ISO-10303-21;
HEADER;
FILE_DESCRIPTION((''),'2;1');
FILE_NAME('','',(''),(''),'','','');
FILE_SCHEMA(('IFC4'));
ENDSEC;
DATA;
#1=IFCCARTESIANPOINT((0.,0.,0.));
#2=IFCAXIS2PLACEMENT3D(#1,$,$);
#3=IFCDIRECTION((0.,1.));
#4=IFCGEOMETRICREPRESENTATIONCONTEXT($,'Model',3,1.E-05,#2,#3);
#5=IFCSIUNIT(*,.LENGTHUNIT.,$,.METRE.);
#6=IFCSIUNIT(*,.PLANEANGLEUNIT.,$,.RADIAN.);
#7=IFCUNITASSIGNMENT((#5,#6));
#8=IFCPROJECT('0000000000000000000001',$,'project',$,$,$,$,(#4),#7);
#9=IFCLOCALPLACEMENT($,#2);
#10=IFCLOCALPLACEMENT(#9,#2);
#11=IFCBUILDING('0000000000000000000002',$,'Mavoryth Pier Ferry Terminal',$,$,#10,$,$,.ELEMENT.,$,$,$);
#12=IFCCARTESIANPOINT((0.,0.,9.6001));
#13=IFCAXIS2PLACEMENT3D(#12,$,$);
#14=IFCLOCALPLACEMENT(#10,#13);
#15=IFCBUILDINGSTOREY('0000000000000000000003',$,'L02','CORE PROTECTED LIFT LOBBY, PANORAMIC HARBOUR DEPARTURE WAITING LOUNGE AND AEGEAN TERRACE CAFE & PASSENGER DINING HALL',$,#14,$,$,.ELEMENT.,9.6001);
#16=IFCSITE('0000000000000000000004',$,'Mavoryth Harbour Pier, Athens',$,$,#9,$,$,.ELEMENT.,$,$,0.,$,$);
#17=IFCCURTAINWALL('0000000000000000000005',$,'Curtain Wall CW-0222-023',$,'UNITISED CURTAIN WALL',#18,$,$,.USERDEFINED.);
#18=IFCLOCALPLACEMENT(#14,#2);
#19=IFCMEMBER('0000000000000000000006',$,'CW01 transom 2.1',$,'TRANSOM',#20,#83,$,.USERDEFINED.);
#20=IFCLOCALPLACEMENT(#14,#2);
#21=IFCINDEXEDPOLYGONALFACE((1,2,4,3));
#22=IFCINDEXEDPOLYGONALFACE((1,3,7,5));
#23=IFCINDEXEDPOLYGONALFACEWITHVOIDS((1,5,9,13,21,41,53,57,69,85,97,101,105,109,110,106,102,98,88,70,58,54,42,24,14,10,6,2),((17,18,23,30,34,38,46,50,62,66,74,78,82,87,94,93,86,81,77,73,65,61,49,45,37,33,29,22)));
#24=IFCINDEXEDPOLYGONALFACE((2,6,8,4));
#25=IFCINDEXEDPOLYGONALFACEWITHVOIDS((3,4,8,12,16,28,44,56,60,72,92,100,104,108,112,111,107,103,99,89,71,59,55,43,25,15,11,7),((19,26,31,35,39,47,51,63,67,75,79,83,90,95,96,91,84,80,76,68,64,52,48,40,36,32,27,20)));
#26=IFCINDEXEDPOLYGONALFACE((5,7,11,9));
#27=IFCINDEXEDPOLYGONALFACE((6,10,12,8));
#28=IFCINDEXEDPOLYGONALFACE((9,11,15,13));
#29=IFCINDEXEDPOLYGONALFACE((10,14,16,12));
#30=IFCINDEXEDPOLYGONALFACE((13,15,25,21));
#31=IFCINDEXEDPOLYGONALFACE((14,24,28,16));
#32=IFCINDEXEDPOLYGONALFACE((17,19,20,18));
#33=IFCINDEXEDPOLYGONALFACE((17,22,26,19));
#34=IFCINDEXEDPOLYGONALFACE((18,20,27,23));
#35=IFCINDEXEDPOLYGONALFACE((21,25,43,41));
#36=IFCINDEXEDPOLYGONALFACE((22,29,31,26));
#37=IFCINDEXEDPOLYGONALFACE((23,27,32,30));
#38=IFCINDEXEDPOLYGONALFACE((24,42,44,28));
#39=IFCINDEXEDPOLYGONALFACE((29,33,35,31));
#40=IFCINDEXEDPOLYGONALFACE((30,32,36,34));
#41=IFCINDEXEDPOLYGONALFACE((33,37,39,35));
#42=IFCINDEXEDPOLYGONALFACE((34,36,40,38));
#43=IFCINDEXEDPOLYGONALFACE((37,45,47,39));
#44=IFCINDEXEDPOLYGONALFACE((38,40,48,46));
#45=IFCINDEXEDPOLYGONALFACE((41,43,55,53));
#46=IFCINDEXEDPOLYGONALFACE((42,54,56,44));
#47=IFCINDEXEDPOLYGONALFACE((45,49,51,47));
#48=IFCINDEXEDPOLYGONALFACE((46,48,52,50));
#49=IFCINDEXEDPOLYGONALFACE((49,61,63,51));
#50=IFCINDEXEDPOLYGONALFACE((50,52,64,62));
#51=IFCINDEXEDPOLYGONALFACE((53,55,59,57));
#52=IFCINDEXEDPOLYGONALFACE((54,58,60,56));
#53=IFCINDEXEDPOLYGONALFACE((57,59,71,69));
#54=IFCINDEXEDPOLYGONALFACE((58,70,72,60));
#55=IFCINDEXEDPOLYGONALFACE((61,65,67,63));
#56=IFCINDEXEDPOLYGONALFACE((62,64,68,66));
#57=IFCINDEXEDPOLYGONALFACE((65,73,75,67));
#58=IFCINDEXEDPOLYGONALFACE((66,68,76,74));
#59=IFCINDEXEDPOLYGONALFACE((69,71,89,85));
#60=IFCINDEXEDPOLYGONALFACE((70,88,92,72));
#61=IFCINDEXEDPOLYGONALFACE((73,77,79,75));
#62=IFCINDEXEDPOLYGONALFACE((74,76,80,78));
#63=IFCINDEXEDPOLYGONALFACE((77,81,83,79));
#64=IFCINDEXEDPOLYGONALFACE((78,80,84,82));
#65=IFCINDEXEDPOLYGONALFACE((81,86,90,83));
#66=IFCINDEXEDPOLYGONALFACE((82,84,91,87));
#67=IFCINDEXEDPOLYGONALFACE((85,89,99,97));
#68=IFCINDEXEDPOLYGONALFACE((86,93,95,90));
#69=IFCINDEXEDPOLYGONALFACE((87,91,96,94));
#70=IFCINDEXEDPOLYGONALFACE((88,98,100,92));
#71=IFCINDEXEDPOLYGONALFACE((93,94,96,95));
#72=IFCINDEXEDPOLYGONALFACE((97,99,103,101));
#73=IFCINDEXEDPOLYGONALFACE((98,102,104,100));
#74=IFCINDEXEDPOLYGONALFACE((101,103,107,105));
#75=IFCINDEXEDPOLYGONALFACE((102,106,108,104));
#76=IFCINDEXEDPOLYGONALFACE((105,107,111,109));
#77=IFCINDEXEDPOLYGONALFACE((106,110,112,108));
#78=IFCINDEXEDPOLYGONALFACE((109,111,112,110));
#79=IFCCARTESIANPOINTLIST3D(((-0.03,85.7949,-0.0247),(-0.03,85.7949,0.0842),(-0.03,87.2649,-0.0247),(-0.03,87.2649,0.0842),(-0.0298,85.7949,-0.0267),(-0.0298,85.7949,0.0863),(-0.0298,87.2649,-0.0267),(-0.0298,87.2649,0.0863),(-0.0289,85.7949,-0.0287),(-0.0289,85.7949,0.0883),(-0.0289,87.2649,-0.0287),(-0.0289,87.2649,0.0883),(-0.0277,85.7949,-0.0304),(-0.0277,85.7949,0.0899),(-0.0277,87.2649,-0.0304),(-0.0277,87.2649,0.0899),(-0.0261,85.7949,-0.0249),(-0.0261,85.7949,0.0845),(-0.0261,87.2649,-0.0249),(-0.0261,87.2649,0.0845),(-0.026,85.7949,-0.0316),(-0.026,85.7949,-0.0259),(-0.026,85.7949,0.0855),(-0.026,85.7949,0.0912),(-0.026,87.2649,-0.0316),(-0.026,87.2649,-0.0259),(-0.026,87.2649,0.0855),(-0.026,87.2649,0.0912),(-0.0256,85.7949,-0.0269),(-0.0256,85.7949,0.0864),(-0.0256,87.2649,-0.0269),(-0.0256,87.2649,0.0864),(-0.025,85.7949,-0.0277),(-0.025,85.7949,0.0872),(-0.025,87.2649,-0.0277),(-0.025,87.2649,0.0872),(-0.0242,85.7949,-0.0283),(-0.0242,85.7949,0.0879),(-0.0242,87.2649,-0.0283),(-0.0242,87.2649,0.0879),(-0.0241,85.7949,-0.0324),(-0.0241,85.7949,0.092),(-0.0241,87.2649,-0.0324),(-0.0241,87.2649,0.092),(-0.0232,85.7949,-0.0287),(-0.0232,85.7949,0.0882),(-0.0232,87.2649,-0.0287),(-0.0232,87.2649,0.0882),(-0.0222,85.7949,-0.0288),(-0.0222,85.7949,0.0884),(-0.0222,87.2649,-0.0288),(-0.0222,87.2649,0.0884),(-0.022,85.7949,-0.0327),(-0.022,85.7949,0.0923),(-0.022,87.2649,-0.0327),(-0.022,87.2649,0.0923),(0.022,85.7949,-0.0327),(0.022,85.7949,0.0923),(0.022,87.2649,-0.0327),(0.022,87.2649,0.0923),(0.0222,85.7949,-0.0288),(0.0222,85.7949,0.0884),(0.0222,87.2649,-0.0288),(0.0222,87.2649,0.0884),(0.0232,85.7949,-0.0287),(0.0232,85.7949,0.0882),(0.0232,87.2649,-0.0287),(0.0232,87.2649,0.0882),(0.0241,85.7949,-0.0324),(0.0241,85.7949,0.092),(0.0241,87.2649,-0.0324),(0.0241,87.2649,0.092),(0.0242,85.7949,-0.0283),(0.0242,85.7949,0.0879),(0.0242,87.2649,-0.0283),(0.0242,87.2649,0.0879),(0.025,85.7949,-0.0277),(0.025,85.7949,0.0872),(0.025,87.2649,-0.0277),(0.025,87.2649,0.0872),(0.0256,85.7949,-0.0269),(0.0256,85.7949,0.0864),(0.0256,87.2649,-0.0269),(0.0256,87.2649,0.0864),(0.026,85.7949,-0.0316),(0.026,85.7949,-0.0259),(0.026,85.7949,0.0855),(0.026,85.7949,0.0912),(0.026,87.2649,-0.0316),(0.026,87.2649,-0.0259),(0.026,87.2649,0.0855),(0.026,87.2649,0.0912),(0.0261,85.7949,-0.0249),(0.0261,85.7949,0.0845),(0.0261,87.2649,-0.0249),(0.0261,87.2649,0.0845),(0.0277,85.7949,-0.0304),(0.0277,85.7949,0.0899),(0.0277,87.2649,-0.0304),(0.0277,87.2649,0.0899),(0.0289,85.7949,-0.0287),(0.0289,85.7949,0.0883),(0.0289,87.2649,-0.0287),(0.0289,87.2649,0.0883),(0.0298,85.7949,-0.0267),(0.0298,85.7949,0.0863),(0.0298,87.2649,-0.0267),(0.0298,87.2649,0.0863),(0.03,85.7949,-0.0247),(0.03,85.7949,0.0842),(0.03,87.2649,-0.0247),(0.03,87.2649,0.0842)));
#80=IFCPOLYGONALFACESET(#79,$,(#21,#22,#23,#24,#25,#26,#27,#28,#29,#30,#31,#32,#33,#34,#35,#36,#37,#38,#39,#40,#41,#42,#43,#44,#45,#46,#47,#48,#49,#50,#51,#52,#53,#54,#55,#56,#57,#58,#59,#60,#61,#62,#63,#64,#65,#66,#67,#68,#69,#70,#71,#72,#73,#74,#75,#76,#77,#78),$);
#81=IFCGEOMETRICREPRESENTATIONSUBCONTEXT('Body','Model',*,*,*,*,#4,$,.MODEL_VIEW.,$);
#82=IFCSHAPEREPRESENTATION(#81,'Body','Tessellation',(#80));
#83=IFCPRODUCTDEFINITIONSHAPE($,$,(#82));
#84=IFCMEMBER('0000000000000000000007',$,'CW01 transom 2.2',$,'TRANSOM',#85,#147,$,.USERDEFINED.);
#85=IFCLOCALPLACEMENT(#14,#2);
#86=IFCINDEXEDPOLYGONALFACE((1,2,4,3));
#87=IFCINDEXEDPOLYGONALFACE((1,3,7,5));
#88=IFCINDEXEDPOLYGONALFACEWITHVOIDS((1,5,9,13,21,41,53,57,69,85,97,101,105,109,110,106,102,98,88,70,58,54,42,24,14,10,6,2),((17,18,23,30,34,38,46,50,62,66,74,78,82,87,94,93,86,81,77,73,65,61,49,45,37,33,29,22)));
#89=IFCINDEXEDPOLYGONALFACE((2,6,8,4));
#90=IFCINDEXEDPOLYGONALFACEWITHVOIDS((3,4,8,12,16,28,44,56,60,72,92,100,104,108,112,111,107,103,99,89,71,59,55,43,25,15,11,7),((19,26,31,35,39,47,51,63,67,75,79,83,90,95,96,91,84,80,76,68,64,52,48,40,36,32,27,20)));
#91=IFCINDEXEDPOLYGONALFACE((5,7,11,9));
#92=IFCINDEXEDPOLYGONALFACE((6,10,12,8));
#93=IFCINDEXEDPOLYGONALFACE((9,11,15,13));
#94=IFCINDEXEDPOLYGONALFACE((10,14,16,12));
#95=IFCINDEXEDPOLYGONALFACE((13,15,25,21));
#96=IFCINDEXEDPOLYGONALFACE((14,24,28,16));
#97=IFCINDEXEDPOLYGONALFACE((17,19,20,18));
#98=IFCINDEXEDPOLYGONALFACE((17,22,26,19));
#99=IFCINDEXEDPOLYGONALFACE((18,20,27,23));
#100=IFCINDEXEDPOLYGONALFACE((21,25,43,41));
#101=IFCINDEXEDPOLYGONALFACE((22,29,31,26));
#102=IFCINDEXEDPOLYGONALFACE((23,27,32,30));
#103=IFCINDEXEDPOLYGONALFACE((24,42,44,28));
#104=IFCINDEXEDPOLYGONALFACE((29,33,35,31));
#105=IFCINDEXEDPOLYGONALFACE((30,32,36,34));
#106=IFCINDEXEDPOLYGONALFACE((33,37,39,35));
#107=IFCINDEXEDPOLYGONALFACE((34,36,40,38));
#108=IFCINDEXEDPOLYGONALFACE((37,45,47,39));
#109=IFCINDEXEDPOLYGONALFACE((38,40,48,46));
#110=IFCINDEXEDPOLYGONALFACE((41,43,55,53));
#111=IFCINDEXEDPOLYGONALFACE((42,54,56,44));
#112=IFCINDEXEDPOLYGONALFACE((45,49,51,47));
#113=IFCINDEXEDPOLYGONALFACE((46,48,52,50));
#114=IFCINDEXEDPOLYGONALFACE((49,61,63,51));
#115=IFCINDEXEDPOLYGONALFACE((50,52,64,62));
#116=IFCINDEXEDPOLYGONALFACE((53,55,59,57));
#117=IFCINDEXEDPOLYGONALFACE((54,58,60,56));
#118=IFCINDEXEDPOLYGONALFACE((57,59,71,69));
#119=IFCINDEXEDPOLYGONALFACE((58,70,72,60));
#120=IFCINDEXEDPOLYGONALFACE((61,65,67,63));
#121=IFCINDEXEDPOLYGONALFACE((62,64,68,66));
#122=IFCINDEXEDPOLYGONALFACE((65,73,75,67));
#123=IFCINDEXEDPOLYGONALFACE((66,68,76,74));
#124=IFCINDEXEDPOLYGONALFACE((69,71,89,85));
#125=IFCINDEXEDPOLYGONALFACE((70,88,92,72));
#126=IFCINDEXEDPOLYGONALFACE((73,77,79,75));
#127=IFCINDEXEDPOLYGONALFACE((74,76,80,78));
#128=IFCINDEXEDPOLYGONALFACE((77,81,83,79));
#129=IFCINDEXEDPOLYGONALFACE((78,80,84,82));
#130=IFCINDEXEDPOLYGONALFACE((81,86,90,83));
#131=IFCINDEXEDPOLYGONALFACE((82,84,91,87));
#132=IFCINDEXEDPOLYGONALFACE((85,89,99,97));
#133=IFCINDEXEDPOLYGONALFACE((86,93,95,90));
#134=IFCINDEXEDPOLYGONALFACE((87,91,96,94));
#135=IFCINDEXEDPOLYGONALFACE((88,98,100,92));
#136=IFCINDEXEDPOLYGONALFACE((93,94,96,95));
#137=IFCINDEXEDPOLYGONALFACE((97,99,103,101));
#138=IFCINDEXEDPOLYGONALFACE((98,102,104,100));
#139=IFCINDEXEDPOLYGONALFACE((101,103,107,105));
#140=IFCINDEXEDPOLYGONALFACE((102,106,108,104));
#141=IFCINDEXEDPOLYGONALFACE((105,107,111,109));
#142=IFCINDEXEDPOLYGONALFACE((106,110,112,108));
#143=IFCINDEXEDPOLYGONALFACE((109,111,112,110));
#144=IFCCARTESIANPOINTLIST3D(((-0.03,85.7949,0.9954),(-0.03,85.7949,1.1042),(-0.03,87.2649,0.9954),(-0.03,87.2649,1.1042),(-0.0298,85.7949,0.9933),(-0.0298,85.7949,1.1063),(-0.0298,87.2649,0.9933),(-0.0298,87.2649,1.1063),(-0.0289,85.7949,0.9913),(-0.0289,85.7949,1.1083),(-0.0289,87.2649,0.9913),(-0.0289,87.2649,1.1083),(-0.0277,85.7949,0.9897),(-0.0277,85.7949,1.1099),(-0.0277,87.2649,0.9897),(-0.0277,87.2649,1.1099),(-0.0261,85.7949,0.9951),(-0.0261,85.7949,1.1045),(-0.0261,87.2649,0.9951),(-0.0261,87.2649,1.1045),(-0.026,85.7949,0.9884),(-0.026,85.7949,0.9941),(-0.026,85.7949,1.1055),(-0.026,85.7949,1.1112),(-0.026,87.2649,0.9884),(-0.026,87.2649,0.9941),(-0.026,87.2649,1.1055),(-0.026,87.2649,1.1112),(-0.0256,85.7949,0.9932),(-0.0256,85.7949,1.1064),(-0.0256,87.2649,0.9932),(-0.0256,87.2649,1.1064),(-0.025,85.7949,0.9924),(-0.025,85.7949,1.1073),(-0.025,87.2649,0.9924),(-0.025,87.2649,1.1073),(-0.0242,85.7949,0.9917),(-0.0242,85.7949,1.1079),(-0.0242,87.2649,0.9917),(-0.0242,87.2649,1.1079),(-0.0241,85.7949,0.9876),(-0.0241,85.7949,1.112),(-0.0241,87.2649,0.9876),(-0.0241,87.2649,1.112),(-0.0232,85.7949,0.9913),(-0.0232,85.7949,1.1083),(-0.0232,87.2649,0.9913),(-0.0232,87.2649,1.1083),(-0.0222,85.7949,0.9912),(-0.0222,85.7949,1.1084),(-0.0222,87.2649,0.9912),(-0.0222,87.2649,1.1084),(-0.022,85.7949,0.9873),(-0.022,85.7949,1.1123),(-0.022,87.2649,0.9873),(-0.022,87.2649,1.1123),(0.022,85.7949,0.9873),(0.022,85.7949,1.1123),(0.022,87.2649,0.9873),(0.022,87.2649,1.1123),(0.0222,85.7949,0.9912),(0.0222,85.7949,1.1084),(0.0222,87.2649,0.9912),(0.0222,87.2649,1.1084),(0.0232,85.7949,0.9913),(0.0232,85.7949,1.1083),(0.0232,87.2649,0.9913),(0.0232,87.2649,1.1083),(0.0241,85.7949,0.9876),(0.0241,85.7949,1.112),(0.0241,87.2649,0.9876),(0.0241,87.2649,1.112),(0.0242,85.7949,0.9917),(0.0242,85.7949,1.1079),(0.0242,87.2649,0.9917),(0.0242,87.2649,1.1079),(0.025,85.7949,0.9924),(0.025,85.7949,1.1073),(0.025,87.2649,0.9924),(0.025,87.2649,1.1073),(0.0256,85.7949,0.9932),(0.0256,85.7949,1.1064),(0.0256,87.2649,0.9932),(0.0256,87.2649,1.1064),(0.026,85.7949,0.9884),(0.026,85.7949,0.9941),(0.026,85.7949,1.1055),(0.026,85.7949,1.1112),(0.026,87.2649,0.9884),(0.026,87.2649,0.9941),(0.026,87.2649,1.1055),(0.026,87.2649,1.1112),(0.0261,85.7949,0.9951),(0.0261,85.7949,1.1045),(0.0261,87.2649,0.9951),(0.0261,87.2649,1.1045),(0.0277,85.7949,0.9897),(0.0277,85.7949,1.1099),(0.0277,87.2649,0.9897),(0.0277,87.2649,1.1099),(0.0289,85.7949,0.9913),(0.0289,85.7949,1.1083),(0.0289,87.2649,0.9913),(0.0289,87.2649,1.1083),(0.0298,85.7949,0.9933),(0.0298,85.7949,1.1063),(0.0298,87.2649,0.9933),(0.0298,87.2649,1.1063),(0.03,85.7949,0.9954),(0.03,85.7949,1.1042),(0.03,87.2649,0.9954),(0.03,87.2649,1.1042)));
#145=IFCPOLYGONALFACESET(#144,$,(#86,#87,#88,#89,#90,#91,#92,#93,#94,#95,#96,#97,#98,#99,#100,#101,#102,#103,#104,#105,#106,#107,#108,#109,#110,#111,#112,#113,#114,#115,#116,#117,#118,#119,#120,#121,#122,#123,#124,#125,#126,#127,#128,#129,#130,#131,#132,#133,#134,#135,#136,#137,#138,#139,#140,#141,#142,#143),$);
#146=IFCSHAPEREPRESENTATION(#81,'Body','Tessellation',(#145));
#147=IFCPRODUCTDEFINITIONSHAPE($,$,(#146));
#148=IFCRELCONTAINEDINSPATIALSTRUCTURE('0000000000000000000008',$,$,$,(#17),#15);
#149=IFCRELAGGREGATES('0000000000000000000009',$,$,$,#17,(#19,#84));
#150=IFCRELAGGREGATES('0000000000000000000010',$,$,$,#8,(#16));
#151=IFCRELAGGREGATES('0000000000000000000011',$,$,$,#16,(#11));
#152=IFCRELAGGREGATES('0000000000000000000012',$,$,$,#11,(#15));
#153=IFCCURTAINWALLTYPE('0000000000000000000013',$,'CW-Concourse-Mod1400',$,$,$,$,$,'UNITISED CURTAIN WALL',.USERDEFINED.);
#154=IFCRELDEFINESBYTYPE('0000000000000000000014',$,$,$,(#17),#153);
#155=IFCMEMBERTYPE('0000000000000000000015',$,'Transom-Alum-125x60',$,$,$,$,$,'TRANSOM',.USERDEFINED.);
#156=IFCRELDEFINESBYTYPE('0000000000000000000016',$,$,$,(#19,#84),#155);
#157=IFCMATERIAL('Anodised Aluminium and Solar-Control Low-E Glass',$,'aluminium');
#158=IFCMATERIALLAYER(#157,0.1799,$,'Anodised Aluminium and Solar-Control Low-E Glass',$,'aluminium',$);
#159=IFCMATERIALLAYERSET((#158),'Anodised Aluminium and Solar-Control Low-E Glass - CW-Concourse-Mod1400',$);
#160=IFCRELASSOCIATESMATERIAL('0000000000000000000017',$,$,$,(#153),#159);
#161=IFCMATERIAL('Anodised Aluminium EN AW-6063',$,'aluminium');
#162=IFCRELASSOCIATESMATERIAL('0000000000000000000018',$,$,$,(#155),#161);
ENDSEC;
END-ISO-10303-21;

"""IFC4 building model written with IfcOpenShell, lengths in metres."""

from ifc_helpers import new_model, si_unit, direction, frame, origin, origin_2d, place, context, subcontext, project, spatial, hollow_rectangle, extrude, material, layer, layer_set, material_profile, profile_set, type_object, element, aggregate, save


model = new_model("IFC4")

# Units and contexts
model_context = context("Model", 3, precision=1e-05, world=origin(), true_north=direction((0.0, 1.0)))
body_context = subcontext(model_context, "Body", "Model", "MODEL_VIEW")
ifc_project = project(units=[si_unit("LENGTHUNIT", "METRE"), si_unit("PLANEANGLEUNIT", "RADIAN")], contexts=[model_context])

# Site, building, storey
site_placement = place(None, origin())
site = spatial("IfcSite", under=ifc_project, at=site_placement, Name="Mavoryth Harbour Pier, Athens", CompositionType="ELEMENT", RefElevation=0.0)
building_placement = place(site_placement, origin())
building = spatial("IfcBuilding", under=site, at=building_placement, Name="Mavoryth Pier Ferry Terminal", CompositionType="ELEMENT")
storey_placement = place(building_placement, frame((0.0, 0.0, 9.6001)))
storey = spatial("IfcBuildingStorey", under=building, at=storey_placement, Name="L02", Description="CORE PROTECTED LIFT LOBBY, PANORAMIC HARBOUR DEPARTURE WAITING LOUNGE AND AEGEAN TERRACE CAFE & PASSENGER DINING HALL", CompositionType="ELEMENT", Elevation=9.6001)

# Curtain wall
ifc_material_1 = material(Name="Anodised Aluminium and Solar-Control Low-E Glass", Category="aluminium")
ifc_layer_1 = layer(ifc_material_1, 0.1799, Name="Anodised Aluminium and Solar-Control Low-E Glass", Category="aluminium")
ifc_layer_set_1 = layer_set([ifc_layer_1], Name="Anodised Aluminium and Solar-Control Low-E Glass - CW-Concourse-Mod1400")
curtain_wall_type = type_object("IfcCurtainWallType", Name="CW-Concourse-Mod1400", ElementType="UNITISED CURTAIN WALL", PredefinedType="USERDEFINED", material=ifc_layer_set_1)
curtain_wall_placement = place(storey_placement, origin())
curtain_wall = element("IfcCurtainWall", 1, at=curtain_wall_placement, inside=storey, type_object=curtain_wall_type, Name="Curtain Wall CW-0222-023", ObjectType="UNITISED CURTAIN WALL", PredefinedType="USERDEFINED")
ifc_material_2 = material(Name="Anodised Aluminium EN AW-6063", Category="aluminium")

# Members
ifc_material_profile_1 = material_profile(ifc_material_2, hollow_rectangle(XDim=0.0601, YDim=0.125, WallThickness=0.0039, InnerFilletRadius=0.0039, OuterFilletRadius=0.0081, at=origin_2d()), Name="AL-TRAN 125x60x4", Category="aluminium")
ifc_profile_set_1 = profile_set([ifc_material_profile_1], Name="Anodised Aluminium EN AW-6063 - AL-TRAN 125x60x4")
member_type_1 = type_object("IfcMemberType", Name="Transom-Alum-125x60", ElementType="TRANSOM", PredefinedType="USERDEFINED", material=ifc_profile_set_1)
member_1_placement = place(storey_placement, frame((0.0, 87.2649, 0.0298), z_axis=(0.0, -1.0, 0.0), x_axis=(1.0, 0.0, 0.0)))
member_1 = element("IfcMember", 2, at=member_1_placement, type_object=member_type_1, Name="CW01 transom 2.1", ObjectType="TRANSOM", PredefinedType="USERDEFINED", context=body_context, shape_type="SweptSolid", body=[
    extrude(hollow_rectangle(XDim=0.0601, YDim=0.125, WallThickness=0.0039, InnerFilletRadius=0.0039, OuterFilletRadius=0.0081, at=origin_2d()), origin(), (0.0, 0.0, 1.0), 1.47),
])
member_2_placement = place(storey_placement, frame((0.0, 87.2649, 1.0498), z_axis=(0.0, -1.0, 0.0), x_axis=(1.0, 0.0, 0.0)))
member_2 = element("IfcMember", 3, at=member_2_placement, type_object=member_type_1, Name="CW01 transom 2.2", ObjectType="TRANSOM", PredefinedType="USERDEFINED", context=body_context, shape_type="SweptSolid", body=[
    extrude(hollow_rectangle(XDim=0.0601, YDim=0.125, WallThickness=0.0039, InnerFilletRadius=0.0039, OuterFilletRadius=0.0081, at=origin_2d()), origin(), (0.0, 0.0, 1.0), 1.47),
])

aggregate(curtain_wall, [member_1, member_2])

save(model, "model.ifc")
